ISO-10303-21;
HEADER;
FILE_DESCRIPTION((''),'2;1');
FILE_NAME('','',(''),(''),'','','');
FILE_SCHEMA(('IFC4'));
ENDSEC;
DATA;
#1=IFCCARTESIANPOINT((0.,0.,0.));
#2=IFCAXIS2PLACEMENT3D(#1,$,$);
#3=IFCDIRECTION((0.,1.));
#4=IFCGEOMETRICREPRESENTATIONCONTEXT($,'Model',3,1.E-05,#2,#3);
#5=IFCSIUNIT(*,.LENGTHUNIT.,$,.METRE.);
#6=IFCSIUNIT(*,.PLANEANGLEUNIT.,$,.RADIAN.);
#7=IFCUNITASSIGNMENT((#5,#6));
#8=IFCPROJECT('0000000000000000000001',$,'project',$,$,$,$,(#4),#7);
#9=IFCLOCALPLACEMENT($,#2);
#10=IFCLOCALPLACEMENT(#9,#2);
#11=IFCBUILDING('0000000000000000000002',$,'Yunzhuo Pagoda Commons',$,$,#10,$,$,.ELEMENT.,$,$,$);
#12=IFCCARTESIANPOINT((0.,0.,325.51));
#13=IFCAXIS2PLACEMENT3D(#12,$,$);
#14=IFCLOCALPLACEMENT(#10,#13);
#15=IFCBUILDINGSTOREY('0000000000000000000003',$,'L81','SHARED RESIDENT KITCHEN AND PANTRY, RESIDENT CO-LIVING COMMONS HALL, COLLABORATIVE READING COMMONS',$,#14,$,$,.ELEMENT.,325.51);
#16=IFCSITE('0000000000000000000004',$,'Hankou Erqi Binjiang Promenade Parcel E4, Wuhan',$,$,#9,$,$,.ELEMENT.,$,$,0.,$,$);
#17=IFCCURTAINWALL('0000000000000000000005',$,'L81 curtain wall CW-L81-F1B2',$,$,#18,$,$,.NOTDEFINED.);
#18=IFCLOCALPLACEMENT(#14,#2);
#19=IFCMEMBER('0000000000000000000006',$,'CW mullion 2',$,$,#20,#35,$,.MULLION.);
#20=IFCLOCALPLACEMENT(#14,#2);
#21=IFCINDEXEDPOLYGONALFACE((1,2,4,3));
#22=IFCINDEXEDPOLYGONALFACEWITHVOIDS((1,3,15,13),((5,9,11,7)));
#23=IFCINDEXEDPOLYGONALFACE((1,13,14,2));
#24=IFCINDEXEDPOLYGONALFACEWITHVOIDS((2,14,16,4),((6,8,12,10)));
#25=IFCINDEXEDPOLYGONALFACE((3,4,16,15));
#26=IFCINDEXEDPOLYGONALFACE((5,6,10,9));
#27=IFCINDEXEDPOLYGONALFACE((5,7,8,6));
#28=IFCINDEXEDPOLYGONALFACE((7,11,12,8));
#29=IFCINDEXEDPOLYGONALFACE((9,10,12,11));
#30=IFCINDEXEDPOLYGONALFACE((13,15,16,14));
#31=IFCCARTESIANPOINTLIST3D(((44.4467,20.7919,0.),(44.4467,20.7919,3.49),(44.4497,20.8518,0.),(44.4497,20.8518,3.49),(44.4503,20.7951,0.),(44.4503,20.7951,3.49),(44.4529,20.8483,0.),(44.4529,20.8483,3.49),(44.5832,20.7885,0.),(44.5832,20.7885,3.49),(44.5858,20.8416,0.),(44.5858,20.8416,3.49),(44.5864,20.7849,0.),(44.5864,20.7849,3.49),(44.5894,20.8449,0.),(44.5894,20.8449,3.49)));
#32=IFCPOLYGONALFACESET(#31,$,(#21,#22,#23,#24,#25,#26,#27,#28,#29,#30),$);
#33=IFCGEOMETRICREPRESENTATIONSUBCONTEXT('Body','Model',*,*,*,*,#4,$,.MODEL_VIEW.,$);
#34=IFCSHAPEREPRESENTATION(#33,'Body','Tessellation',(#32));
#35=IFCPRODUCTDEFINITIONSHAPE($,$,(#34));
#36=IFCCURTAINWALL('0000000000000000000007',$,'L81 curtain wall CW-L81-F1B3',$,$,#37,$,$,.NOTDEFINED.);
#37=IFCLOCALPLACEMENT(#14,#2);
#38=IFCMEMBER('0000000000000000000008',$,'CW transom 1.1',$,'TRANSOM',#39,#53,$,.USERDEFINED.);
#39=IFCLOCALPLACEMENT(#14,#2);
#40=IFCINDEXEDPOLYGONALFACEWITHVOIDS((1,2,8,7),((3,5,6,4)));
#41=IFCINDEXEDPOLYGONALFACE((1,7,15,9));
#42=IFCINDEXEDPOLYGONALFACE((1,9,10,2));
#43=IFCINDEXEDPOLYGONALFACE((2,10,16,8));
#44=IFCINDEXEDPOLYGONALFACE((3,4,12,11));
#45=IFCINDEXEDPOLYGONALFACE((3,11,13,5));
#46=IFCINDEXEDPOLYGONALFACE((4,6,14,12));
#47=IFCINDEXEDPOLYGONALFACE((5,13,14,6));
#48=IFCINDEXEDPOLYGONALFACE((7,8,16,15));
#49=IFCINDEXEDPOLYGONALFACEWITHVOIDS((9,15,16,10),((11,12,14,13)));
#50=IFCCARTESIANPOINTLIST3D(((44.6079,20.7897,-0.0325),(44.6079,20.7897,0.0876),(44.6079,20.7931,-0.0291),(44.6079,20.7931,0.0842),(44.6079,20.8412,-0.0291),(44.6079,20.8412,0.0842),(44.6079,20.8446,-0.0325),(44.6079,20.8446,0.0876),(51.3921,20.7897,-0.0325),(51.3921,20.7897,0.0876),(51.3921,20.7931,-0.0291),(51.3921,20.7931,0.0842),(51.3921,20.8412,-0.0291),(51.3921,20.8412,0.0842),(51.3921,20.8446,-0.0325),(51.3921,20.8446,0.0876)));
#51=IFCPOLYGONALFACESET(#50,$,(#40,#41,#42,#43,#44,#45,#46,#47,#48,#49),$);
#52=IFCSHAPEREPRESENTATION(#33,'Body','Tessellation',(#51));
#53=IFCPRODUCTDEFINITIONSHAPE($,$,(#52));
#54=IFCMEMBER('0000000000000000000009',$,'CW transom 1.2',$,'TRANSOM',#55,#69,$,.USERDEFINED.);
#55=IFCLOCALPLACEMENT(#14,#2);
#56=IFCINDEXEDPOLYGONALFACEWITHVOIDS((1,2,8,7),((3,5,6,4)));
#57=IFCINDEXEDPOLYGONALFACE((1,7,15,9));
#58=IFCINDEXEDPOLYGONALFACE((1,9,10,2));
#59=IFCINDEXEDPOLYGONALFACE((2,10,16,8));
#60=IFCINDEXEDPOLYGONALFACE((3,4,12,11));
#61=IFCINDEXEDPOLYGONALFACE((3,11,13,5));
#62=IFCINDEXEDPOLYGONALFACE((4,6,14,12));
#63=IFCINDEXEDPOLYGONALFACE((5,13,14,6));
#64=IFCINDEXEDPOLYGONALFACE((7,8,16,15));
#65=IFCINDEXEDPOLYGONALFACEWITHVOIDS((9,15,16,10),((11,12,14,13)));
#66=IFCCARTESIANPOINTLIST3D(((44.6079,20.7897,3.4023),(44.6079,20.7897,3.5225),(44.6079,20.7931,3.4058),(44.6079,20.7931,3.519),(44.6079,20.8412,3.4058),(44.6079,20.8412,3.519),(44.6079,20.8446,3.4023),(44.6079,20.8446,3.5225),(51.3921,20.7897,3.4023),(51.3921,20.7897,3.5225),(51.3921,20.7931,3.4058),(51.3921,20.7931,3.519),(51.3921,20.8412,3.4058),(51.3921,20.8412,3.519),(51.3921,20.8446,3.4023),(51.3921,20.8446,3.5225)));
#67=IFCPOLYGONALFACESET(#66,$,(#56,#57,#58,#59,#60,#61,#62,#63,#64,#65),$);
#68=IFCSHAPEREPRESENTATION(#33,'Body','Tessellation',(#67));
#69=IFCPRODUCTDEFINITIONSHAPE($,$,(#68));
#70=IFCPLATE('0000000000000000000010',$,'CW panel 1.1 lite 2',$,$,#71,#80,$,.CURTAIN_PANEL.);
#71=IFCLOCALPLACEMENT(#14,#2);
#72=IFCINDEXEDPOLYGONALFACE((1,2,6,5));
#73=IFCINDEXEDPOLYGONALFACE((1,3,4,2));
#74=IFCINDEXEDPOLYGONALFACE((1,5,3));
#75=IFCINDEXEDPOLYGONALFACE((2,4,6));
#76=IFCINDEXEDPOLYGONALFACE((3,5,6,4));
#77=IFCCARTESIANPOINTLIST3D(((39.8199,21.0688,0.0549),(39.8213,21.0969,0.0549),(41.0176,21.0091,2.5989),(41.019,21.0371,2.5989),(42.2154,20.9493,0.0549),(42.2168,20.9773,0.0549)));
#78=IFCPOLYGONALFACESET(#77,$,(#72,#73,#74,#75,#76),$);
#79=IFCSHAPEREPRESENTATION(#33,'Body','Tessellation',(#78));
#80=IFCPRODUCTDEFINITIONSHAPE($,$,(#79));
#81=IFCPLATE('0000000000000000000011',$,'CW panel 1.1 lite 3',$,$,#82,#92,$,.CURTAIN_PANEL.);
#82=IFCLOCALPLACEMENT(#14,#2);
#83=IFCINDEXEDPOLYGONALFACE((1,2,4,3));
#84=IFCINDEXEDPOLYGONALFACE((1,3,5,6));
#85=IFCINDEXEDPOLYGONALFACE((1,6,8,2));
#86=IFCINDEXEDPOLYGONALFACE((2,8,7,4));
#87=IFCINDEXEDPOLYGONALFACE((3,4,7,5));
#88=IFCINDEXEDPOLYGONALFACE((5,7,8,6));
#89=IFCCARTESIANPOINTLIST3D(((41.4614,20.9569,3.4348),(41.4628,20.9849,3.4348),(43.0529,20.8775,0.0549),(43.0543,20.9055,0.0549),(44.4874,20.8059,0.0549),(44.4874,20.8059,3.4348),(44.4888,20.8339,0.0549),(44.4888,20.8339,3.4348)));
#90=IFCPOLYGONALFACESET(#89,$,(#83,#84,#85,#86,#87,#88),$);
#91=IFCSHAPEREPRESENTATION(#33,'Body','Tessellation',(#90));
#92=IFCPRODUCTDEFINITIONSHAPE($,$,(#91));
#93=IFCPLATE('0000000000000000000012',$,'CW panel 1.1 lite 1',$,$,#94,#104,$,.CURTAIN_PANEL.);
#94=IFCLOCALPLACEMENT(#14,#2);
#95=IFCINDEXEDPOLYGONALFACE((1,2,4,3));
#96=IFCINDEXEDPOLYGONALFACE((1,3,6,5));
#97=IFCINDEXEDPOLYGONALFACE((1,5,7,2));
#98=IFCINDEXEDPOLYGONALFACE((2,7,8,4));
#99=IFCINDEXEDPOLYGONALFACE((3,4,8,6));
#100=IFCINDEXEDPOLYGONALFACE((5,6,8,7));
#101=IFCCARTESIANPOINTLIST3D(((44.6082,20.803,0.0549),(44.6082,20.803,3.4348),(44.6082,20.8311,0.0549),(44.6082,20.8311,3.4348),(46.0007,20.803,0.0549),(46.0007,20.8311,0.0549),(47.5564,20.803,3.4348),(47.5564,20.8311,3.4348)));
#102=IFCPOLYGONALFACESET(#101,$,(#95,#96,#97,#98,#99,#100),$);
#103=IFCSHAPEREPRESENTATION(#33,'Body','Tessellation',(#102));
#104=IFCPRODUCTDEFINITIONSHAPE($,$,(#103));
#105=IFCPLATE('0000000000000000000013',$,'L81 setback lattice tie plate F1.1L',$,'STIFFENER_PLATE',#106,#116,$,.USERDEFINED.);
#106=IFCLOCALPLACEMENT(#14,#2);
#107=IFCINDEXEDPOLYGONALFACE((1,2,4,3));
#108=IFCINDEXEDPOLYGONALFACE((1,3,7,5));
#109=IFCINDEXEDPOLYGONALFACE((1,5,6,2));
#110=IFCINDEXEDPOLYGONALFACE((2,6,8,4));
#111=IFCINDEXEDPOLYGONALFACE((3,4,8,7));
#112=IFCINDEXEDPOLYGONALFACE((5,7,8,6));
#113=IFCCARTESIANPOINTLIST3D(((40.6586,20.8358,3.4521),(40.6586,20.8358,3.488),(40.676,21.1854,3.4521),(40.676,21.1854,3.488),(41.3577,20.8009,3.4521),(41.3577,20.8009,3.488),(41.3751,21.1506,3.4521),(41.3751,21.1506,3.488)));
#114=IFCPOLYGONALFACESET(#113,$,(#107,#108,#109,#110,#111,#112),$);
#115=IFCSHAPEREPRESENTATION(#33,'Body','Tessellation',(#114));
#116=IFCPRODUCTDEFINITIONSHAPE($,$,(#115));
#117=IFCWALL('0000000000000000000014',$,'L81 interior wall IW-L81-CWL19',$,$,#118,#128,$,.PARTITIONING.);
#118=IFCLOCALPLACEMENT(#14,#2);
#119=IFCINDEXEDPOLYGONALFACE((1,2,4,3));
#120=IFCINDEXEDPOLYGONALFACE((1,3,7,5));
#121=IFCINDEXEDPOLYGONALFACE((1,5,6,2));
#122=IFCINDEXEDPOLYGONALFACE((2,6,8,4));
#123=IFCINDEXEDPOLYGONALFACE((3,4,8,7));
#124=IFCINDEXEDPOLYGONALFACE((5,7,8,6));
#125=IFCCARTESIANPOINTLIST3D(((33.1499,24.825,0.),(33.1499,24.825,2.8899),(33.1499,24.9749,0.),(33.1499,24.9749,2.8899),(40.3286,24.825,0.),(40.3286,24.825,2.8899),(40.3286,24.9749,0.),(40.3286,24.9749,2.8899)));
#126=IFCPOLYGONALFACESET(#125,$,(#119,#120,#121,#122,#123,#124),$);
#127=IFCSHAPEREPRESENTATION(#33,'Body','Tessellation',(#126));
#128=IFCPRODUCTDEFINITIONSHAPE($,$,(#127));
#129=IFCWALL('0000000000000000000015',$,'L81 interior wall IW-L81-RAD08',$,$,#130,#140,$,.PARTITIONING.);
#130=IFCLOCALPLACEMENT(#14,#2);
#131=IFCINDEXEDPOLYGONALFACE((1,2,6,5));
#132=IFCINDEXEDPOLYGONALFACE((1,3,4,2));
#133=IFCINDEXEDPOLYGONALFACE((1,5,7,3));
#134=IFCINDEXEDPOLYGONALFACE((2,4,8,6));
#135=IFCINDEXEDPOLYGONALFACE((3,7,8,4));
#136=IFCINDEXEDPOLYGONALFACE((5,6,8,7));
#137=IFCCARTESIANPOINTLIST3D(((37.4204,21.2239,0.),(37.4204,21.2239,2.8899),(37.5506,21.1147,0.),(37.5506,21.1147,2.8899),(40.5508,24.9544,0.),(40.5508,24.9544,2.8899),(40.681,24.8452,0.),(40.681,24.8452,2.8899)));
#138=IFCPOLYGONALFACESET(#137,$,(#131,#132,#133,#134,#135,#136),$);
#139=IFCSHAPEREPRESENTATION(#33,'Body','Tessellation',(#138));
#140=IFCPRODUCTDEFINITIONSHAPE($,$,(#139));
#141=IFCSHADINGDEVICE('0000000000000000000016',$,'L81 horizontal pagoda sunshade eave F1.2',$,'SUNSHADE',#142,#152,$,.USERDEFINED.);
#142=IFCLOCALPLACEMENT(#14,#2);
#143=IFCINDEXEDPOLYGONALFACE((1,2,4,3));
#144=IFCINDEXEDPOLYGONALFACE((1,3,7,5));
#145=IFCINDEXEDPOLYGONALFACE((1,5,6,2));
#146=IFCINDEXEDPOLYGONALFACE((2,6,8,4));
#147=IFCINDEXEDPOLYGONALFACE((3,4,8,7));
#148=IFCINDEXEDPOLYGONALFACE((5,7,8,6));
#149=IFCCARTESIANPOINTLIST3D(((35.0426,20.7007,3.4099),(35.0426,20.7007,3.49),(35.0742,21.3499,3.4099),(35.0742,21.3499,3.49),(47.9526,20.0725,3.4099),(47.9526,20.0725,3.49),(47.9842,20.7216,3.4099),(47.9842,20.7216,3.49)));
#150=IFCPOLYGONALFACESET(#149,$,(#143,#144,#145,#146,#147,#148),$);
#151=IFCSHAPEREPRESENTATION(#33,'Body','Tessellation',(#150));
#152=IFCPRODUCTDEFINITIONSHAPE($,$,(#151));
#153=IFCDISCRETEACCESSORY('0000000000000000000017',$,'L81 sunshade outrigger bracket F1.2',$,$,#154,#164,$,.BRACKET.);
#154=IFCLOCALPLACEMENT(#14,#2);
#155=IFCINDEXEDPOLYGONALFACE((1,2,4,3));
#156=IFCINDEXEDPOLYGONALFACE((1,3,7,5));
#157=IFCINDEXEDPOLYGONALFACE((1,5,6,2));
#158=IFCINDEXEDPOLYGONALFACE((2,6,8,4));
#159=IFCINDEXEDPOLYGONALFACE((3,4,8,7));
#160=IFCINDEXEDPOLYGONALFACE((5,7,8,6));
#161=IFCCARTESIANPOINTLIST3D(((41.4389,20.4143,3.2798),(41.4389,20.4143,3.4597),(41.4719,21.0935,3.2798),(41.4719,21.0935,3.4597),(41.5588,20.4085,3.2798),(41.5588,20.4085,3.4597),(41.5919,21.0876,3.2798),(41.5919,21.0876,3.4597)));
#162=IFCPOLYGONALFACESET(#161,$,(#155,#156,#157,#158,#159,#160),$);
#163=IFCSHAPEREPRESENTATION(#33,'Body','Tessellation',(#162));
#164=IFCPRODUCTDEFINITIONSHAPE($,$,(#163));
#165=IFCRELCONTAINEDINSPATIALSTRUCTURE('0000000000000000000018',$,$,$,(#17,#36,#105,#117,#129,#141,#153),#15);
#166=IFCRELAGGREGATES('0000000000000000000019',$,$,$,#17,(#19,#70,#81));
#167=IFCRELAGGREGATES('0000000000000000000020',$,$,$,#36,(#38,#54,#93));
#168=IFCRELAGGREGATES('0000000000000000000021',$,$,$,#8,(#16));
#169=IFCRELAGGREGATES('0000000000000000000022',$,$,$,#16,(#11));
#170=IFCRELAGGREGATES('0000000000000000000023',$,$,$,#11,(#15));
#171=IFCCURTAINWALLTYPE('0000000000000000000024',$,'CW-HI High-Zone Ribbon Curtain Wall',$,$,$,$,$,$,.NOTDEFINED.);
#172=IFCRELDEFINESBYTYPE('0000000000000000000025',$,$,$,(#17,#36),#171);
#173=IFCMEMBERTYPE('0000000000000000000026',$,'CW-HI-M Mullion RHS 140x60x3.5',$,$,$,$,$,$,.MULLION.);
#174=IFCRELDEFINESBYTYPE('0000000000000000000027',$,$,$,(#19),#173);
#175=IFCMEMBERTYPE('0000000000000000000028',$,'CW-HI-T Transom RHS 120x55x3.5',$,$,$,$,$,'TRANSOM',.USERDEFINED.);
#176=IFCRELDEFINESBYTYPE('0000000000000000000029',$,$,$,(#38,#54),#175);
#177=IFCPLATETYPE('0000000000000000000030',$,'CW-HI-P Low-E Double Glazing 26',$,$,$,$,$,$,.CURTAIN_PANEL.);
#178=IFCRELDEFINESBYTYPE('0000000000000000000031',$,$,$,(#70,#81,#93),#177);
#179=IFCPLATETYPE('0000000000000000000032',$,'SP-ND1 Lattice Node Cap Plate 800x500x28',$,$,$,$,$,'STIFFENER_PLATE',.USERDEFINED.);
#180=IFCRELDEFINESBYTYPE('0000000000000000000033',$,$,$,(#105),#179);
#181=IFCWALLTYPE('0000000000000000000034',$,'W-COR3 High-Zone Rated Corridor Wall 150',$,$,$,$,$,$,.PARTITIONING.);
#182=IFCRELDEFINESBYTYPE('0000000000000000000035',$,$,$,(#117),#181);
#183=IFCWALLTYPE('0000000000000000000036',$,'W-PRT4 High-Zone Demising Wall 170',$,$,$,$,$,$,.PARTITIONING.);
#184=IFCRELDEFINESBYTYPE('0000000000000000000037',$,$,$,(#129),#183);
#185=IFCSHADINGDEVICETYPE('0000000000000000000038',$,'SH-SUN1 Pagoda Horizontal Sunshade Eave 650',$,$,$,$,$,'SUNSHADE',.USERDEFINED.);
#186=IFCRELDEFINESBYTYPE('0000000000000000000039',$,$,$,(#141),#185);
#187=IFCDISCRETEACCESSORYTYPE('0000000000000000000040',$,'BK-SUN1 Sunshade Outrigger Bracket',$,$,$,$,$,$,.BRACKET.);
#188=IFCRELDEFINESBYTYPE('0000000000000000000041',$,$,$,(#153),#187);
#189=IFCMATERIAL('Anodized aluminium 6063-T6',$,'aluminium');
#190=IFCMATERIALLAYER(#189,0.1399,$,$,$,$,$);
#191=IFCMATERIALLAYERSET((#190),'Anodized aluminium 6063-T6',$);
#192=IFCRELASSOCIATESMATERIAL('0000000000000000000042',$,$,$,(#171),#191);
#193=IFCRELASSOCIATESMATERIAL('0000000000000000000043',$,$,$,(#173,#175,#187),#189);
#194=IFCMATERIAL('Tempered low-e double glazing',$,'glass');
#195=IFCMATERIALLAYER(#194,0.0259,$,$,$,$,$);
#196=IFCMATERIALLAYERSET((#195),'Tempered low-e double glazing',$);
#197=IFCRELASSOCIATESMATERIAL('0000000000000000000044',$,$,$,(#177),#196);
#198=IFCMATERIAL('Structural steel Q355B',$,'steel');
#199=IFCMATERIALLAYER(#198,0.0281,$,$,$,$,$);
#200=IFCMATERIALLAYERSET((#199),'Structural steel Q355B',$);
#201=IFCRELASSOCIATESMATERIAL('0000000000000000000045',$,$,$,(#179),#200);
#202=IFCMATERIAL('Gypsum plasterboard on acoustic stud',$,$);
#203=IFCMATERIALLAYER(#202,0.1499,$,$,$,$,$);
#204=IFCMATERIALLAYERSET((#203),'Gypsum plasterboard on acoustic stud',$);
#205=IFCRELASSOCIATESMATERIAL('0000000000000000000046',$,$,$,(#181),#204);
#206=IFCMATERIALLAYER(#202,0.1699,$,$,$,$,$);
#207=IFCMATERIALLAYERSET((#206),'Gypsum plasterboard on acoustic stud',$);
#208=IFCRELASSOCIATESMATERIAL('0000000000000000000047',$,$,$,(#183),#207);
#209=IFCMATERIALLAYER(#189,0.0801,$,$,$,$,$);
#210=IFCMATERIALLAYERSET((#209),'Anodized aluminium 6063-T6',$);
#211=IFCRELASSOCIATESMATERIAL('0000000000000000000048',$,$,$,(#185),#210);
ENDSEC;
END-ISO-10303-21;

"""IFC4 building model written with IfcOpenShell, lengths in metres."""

from ifc_helpers import new_model, si_unit, direction, frame, frame_2d, origin, origin_2d, place, context, subcontext, project, spatial, polyline, rectangle, hollow_rectangle, outline, extrude, source, transform, mapped, material, layer, layer_set, material_profile, profile_set, type_object, element, aggregate, save


model = new_model("IFC4")

# Units and contexts
model_context = context("Model", 3, precision=1e-05, world=origin(), true_north=direction((0.0, 1.0)))
body_context = subcontext(model_context, "Body", "Model", "MODEL_VIEW")
ifc_project = project(units=[si_unit("LENGTHUNIT", "METRE"), si_unit("PLANEANGLEUNIT", "RADIAN")], contexts=[model_context])

# Site, building, storey
site_placement = place(None, origin())
site = spatial("IfcSite", under=ifc_project, at=site_placement, Name="Hankou Erqi Binjiang Promenade Parcel E4, Wuhan", CompositionType="ELEMENT", RefElevation=0.0)
building_placement = place(site_placement, origin())
building = spatial("IfcBuilding", under=site, at=building_placement, Name="Yunzhuo Pagoda Commons", CompositionType="ELEMENT")
storey_placement = place(building_placement, frame((0.0, 0.0, 325.51)))
storey = spatial("IfcBuildingStorey", under=building, at=storey_placement, Name="L81", Description="SHARED RESIDENT KITCHEN AND PANTRY, RESIDENT CO-LIVING COMMONS HALL, COLLABORATIVE READING COMMONS", CompositionType="ELEMENT", Elevation=325.51)

# Shared definitions
ifc_material_1 = material(Name="Structural steel Q355B", Category="steel")

# Curtain wall, member
ifc_material_2 = material(Name="Anodized aluminium 6063-T6", Category="aluminium")
ifc_layer_1 = layer(ifc_material_2, 0.1399)
ifc_layer_set_1 = layer_set([ifc_layer_1], Name="Anodized aluminium 6063-T6")
curtain_wall_type = type_object("IfcCurtainWallType", Name="CW-HI High-Zone Ribbon Curtain Wall", PredefinedType="NOTDEFINED", material=ifc_layer_set_1)
curtain_wall_1_placement = place(storey_placement, origin())
curtain_wall_1 = element("IfcCurtainWall", 1, at=curtain_wall_1_placement, inside=storey, type_object=curtain_wall_type, Name="L81 curtain wall CW-L81-F1B2", PredefinedType="NOTDEFINED")
ifc_material_profile_1 = material_profile(ifc_material_2, hollow_rectangle(XDim=0.0601, YDim=0.1399, WallThickness=0.0034, at=origin_2d()), Name="Anodized aluminium 6063-T6")
ifc_profile_set_1 = profile_set([ifc_material_profile_1], Name="Anodized aluminium 6063-T6")
member_type_1 = type_object("IfcMemberType", Name="CW-HI-M Mullion RHS 140x60x3.5", PredefinedType="MULLION", material=ifc_profile_set_1)
shared_shape_1 = source(origin(), body_context, "Body", "SweptSolid", [
    extrude(hollow_rectangle(XDim=0.0601, YDim=0.1399, WallThickness=0.0034, at=origin_2d()), origin(), (0.0, 0.0, 1.0), 3.49),
])
member_1_placement = place(storey_placement, frame((44.5181, 20.8184, 0.0), z_axis=(0.0, 0.0, 1.0), x_axis=(0.04985, 0.998757, 0.0)))
member_1 = element("IfcMember", 2, at=member_1_placement, type_object=member_type_1, Name="CW mullion 2", PredefinedType="MULLION", context=body_context, shape_type="MappedRepresentation", body=[
    mapped(shared_shape_1, transform((0.0, 0.0, 0.0), scale=1.0)),
])

# Curtain wall, members
curtain_wall_2_placement = place(storey_placement, origin())
curtain_wall_2 = element("IfcCurtainWall", 3, at=curtain_wall_2_placement, inside=storey, type_object=curtain_wall_type, Name="L81 curtain wall CW-L81-F1B3", PredefinedType="NOTDEFINED")
ifc_material_profile_2 = material_profile(ifc_material_2, hollow_rectangle(XDim=0.0549, YDim=0.1201, WallThickness=0.0034, at=origin_2d()), Name="Anodized aluminium 6063-T6")
ifc_profile_set_2 = profile_set([ifc_material_profile_2], Name="Anodized aluminium 6063-T6")
member_type_2 = type_object("IfcMemberType", Name="CW-HI-T Transom RHS 120x55x3.5", ElementType="TRANSOM", PredefinedType="USERDEFINED", material=ifc_profile_set_2)
shared_shape_2 = source(origin(), body_context, "Body", "SweptSolid", [
    extrude(hollow_rectangle(XDim=0.0549, YDim=0.1201, WallThickness=0.0034, at=origin_2d()), origin(), (0.0, 0.0, 1.0), 6.7842),
])
member_2_placement = place(storey_placement, frame((44.6079, 20.8171, 0.0276), z_axis=(1.0, 0.0, 0.0), x_axis=(0.0, 1.0, 0.0)))
member_2 = element("IfcMember", 4, at=member_2_placement, type_object=member_type_2, Name="CW transom 1.1", ObjectType="TRANSOM", PredefinedType="USERDEFINED", context=body_context, shape_type="MappedRepresentation", body=[
    mapped(shared_shape_2, transform((0.0, 0.0, 0.0), scale=1.0)),
])
member_3_placement = place(storey_placement, frame((44.6079, 20.8171, 3.4624), z_axis=(1.0, 0.0, 0.0), x_axis=(0.0, 1.0, 0.0)))
member_3 = element("IfcMember", 5, at=member_3_placement, type_object=member_type_2, Name="CW transom 1.2", ObjectType="TRANSOM", PredefinedType="USERDEFINED", context=body_context, shape_type="MappedRepresentation", body=[
    mapped(shared_shape_2, transform((0.0, 0.0, 0.0), scale=1.0)),
])

# Plates
ifc_material_3 = material(Name="Tempered low-e double glazing", Category="glass")
ifc_layer_2 = layer(ifc_material_3, 0.0259)
ifc_layer_set_2 = layer_set([ifc_layer_2], Name="Tempered low-e double glazing")
plate_type_1 = type_object("IfcPlateType", Name="CW-HI-P Low-E Double Glazing 26", PredefinedType="CURTAIN_PANEL", material=ifc_layer_set_2)
plate_1_placement = place(storey_placement, frame((41.019, 21.0371, 1.3269), z_axis=(-0.04985, -0.998757, 0.0), x_axis=(0.998757, -0.04985, 0.0)))
plate_1 = element("IfcPlate", 6, at=plate_1_placement, type_object=plate_type_1, Name="CW panel 1.1 lite 2", PredefinedType="CURTAIN_PANEL", context=body_context, shape_type="SweptSolid", body=[
    extrude(outline(polyline([(-1.1992, -1.272), (1.1992, -1.272), (0.0, 1.272), (-1.1992, -1.272)])), origin(), (0.0, 0.0, 1.0), 0.0281),
])
plate_2_placement = place(storey_placement, frame((42.9758, 20.9094, 1.7449), z_axis=(-0.04985, -0.998757, 0.0), x_axis=(0.998757, -0.04985, 0.0)))
plate_2 = element("IfcPlate", 7, at=plate_2_placement, type_object=plate_type_1, Name="CW panel 1.1 lite 3", PredefinedType="CURTAIN_PANEL", context=body_context, shape_type="SweptSolid", body=[
    extrude(outline(polyline([(-1.5149, 1.6899), (0.0786, -1.6899), (1.5149, -1.6899), (1.5149, 1.6899), (-1.5149, 1.6899)])), origin(), (0.0, 0.0, 1.0), 0.0281),
])
aggregate(curtain_wall_1, [member_1, plate_1, plate_2])
plate_3_placement = place(storey_placement, frame((46.0823, 20.8311, 1.7449), z_axis=(0.0, -1.0, 0.0), x_axis=(1.0, 0.0, 0.0)))
plate_3 = element("IfcPlate", 8, at=plate_3_placement, type_object=plate_type_1, Name="CW panel 1.1 lite 1", PredefinedType="CURTAIN_PANEL", context=body_context, shape_type="SweptSolid", body=[
    extrude(outline(polyline([(-1.4741, -1.6899), (-0.0815, -1.6899), (1.4741, 1.6899), (-1.4741, 1.6899), (-1.4741, -1.6899)])), origin(), (0.0, 0.0, 1.0), 0.0281),
])
aggregate(curtain_wall_2, [member_2, member_3, plate_3])
ifc_layer_3 = layer(ifc_material_1, 0.0281)
ifc_layer_set_3 = layer_set([ifc_layer_3], Name="Structural steel Q355B")
plate_type_2 = type_object("IfcPlateType", Name="SP-ND1 Lattice Node Cap Plate 800x500x28", ElementType="STIFFENER_PLATE", PredefinedType="USERDEFINED", material=ifc_layer_set_3)
shared_shape_3 = source(origin(), body_context, "Body", "SweptSolid", [
    extrude(rectangle(XDim=0.7, YDim=0.3501, at=origin_2d()), origin(), (0.0, 0.0, 1.0), 0.0359),
])
plate_4_placement = place(storey_placement, frame((41.0168, 20.9932, 3.4521), z_axis=(0.0, 0.0, 1.0), x_axis=(0.998757, -0.049843, 0.0)))
element("IfcPlate", 9, at=plate_4_placement, inside=storey, type_object=plate_type_2, Name="L81 setback lattice tie plate F1.1L", ObjectType="STIFFENER_PLATE", PredefinedType="USERDEFINED", context=body_context, shape_type="MappedRepresentation", body=[
    mapped(shared_shape_3, transform((0.0, 0.0, 0.0), scale=1.0)),
])

# Walls
ifc_material_4 = material(Name="Gypsum plasterboard on acoustic stud")
ifc_layer_4 = layer(ifc_material_4, 0.1499)
ifc_layer_set_4 = layer_set([ifc_layer_4], Name="Gypsum plasterboard on acoustic stud")
wall_type_1 = type_object("IfcWallType", Name="W-COR3 High-Zone Rated Corridor Wall 150", PredefinedType="PARTITIONING", material=ifc_layer_set_4)
wall_1_placement = place(storey_placement, frame((40.3286, 24.8999, 0.0), z_axis=(0.0, 0.0, 1.0), x_axis=(-1.0, 0.0, 0.0)))
element("IfcWall", 10, at=wall_1_placement, inside=storey, type_object=wall_type_1, Name="L81 interior wall IW-L81-CWL19", PredefinedType="PARTITIONING", context=body_context, shape_type="SweptSolid", body=[
    extrude(rectangle(XDim=7.1787, YDim=0.1499, at=frame_2d((3.5894, 0.0))), origin(), (0.0, 0.0, 1.0), 2.8899),
])
ifc_layer_5 = layer(ifc_material_4, 0.1699)
ifc_layer_set_5 = layer_set([ifc_layer_5], Name="Gypsum plasterboard on acoustic stud")
wall_type_2 = type_object("IfcWallType", Name="W-PRT4 High-Zone Demising Wall 170", PredefinedType="PARTITIONING", material=ifc_layer_set_5)
wall_2_placement = place(storey_placement, frame((40.616, 24.8999, 0.0), z_axis=(0.0, 0.0, 1.0), x_axis=(-0.642804, -0.766031, 0.0)))
element("IfcWall", 11, at=wall_2_placement, inside=storey, type_object=wall_type_2, Name="L81 interior wall IW-L81-RAD08", PredefinedType="PARTITIONING", context=body_context, shape_type="SweptSolid", body=[
    extrude(rectangle(XDim=4.8699, YDim=0.1699, at=frame_2d((2.4351, 0.0))), origin(), (0.0, 0.0, 1.0), 2.8899),
])

# Shading device
ifc_layer_6 = layer(ifc_material_2, 0.0801)
ifc_layer_set_6 = layer_set([ifc_layer_6], Name="Anodized aluminium 6063-T6")
shading_device_type = type_object("IfcShadingDeviceType", Name="SH-SUN1 Pagoda Horizontal Sunshade Eave 650", ElementType="SUNSHADE", PredefinedType="USERDEFINED", material=ifc_layer_set_6)
shared_shape_4 = source(origin(), body_context, "Body", "SweptSolid", [
    extrude(rectangle(XDim=12.9253, YDim=0.6499, at=origin_2d()), origin(), (0.0, 0.0, 1.0), 0.0801),
])
shading_device_placement = place(storey_placement, frame((41.5134, 20.7112, 3.4099), z_axis=(0.0, 0.0, 1.0), x_axis=(0.998818, -0.048606, 0.0)))
element("IfcShadingDevice", 12, at=shading_device_placement, inside=storey, type_object=shading_device_type, Name="L81 horizontal pagoda sunshade eave F1.2", ObjectType="SUNSHADE", PredefinedType="USERDEFINED", context=body_context, shape_type="MappedRepresentation", body=[
    mapped(shared_shape_4, transform((0.0, 0.0, 0.0), scale=1.0)),
])

# Discrete accessory
discrete_accessory_type = type_object("IfcDiscreteAccessoryType", Name="BK-SUN1 Sunshade Outrigger Bracket", PredefinedType="BRACKET", material=ifc_material_2)
shared_shape_5 = source(origin(), body_context, "Body", "SweptSolid", [
    extrude(rectangle(XDim=0.1201, YDim=0.6799, at=origin_2d()), origin(), (0.0, 0.0, 1.0), 0.1799),
])
discrete_accessory_placement = place(storey_placement, frame((41.5154, 20.751, 3.2798), z_axis=(0.0, 0.0, 1.0), x_axis=(0.998818, -0.048606, 0.0)))
element("IfcDiscreteAccessory", 13, at=discrete_accessory_placement, inside=storey, type_object=discrete_accessory_type, Name="L81 sunshade outrigger bracket F1.2", PredefinedType="BRACKET", context=body_context, shape_type="MappedRepresentation", body=[
    mapped(shared_shape_5, transform((0.0, 0.0, 0.0), scale=1.0)),
])

save(model, "model.ifc")
